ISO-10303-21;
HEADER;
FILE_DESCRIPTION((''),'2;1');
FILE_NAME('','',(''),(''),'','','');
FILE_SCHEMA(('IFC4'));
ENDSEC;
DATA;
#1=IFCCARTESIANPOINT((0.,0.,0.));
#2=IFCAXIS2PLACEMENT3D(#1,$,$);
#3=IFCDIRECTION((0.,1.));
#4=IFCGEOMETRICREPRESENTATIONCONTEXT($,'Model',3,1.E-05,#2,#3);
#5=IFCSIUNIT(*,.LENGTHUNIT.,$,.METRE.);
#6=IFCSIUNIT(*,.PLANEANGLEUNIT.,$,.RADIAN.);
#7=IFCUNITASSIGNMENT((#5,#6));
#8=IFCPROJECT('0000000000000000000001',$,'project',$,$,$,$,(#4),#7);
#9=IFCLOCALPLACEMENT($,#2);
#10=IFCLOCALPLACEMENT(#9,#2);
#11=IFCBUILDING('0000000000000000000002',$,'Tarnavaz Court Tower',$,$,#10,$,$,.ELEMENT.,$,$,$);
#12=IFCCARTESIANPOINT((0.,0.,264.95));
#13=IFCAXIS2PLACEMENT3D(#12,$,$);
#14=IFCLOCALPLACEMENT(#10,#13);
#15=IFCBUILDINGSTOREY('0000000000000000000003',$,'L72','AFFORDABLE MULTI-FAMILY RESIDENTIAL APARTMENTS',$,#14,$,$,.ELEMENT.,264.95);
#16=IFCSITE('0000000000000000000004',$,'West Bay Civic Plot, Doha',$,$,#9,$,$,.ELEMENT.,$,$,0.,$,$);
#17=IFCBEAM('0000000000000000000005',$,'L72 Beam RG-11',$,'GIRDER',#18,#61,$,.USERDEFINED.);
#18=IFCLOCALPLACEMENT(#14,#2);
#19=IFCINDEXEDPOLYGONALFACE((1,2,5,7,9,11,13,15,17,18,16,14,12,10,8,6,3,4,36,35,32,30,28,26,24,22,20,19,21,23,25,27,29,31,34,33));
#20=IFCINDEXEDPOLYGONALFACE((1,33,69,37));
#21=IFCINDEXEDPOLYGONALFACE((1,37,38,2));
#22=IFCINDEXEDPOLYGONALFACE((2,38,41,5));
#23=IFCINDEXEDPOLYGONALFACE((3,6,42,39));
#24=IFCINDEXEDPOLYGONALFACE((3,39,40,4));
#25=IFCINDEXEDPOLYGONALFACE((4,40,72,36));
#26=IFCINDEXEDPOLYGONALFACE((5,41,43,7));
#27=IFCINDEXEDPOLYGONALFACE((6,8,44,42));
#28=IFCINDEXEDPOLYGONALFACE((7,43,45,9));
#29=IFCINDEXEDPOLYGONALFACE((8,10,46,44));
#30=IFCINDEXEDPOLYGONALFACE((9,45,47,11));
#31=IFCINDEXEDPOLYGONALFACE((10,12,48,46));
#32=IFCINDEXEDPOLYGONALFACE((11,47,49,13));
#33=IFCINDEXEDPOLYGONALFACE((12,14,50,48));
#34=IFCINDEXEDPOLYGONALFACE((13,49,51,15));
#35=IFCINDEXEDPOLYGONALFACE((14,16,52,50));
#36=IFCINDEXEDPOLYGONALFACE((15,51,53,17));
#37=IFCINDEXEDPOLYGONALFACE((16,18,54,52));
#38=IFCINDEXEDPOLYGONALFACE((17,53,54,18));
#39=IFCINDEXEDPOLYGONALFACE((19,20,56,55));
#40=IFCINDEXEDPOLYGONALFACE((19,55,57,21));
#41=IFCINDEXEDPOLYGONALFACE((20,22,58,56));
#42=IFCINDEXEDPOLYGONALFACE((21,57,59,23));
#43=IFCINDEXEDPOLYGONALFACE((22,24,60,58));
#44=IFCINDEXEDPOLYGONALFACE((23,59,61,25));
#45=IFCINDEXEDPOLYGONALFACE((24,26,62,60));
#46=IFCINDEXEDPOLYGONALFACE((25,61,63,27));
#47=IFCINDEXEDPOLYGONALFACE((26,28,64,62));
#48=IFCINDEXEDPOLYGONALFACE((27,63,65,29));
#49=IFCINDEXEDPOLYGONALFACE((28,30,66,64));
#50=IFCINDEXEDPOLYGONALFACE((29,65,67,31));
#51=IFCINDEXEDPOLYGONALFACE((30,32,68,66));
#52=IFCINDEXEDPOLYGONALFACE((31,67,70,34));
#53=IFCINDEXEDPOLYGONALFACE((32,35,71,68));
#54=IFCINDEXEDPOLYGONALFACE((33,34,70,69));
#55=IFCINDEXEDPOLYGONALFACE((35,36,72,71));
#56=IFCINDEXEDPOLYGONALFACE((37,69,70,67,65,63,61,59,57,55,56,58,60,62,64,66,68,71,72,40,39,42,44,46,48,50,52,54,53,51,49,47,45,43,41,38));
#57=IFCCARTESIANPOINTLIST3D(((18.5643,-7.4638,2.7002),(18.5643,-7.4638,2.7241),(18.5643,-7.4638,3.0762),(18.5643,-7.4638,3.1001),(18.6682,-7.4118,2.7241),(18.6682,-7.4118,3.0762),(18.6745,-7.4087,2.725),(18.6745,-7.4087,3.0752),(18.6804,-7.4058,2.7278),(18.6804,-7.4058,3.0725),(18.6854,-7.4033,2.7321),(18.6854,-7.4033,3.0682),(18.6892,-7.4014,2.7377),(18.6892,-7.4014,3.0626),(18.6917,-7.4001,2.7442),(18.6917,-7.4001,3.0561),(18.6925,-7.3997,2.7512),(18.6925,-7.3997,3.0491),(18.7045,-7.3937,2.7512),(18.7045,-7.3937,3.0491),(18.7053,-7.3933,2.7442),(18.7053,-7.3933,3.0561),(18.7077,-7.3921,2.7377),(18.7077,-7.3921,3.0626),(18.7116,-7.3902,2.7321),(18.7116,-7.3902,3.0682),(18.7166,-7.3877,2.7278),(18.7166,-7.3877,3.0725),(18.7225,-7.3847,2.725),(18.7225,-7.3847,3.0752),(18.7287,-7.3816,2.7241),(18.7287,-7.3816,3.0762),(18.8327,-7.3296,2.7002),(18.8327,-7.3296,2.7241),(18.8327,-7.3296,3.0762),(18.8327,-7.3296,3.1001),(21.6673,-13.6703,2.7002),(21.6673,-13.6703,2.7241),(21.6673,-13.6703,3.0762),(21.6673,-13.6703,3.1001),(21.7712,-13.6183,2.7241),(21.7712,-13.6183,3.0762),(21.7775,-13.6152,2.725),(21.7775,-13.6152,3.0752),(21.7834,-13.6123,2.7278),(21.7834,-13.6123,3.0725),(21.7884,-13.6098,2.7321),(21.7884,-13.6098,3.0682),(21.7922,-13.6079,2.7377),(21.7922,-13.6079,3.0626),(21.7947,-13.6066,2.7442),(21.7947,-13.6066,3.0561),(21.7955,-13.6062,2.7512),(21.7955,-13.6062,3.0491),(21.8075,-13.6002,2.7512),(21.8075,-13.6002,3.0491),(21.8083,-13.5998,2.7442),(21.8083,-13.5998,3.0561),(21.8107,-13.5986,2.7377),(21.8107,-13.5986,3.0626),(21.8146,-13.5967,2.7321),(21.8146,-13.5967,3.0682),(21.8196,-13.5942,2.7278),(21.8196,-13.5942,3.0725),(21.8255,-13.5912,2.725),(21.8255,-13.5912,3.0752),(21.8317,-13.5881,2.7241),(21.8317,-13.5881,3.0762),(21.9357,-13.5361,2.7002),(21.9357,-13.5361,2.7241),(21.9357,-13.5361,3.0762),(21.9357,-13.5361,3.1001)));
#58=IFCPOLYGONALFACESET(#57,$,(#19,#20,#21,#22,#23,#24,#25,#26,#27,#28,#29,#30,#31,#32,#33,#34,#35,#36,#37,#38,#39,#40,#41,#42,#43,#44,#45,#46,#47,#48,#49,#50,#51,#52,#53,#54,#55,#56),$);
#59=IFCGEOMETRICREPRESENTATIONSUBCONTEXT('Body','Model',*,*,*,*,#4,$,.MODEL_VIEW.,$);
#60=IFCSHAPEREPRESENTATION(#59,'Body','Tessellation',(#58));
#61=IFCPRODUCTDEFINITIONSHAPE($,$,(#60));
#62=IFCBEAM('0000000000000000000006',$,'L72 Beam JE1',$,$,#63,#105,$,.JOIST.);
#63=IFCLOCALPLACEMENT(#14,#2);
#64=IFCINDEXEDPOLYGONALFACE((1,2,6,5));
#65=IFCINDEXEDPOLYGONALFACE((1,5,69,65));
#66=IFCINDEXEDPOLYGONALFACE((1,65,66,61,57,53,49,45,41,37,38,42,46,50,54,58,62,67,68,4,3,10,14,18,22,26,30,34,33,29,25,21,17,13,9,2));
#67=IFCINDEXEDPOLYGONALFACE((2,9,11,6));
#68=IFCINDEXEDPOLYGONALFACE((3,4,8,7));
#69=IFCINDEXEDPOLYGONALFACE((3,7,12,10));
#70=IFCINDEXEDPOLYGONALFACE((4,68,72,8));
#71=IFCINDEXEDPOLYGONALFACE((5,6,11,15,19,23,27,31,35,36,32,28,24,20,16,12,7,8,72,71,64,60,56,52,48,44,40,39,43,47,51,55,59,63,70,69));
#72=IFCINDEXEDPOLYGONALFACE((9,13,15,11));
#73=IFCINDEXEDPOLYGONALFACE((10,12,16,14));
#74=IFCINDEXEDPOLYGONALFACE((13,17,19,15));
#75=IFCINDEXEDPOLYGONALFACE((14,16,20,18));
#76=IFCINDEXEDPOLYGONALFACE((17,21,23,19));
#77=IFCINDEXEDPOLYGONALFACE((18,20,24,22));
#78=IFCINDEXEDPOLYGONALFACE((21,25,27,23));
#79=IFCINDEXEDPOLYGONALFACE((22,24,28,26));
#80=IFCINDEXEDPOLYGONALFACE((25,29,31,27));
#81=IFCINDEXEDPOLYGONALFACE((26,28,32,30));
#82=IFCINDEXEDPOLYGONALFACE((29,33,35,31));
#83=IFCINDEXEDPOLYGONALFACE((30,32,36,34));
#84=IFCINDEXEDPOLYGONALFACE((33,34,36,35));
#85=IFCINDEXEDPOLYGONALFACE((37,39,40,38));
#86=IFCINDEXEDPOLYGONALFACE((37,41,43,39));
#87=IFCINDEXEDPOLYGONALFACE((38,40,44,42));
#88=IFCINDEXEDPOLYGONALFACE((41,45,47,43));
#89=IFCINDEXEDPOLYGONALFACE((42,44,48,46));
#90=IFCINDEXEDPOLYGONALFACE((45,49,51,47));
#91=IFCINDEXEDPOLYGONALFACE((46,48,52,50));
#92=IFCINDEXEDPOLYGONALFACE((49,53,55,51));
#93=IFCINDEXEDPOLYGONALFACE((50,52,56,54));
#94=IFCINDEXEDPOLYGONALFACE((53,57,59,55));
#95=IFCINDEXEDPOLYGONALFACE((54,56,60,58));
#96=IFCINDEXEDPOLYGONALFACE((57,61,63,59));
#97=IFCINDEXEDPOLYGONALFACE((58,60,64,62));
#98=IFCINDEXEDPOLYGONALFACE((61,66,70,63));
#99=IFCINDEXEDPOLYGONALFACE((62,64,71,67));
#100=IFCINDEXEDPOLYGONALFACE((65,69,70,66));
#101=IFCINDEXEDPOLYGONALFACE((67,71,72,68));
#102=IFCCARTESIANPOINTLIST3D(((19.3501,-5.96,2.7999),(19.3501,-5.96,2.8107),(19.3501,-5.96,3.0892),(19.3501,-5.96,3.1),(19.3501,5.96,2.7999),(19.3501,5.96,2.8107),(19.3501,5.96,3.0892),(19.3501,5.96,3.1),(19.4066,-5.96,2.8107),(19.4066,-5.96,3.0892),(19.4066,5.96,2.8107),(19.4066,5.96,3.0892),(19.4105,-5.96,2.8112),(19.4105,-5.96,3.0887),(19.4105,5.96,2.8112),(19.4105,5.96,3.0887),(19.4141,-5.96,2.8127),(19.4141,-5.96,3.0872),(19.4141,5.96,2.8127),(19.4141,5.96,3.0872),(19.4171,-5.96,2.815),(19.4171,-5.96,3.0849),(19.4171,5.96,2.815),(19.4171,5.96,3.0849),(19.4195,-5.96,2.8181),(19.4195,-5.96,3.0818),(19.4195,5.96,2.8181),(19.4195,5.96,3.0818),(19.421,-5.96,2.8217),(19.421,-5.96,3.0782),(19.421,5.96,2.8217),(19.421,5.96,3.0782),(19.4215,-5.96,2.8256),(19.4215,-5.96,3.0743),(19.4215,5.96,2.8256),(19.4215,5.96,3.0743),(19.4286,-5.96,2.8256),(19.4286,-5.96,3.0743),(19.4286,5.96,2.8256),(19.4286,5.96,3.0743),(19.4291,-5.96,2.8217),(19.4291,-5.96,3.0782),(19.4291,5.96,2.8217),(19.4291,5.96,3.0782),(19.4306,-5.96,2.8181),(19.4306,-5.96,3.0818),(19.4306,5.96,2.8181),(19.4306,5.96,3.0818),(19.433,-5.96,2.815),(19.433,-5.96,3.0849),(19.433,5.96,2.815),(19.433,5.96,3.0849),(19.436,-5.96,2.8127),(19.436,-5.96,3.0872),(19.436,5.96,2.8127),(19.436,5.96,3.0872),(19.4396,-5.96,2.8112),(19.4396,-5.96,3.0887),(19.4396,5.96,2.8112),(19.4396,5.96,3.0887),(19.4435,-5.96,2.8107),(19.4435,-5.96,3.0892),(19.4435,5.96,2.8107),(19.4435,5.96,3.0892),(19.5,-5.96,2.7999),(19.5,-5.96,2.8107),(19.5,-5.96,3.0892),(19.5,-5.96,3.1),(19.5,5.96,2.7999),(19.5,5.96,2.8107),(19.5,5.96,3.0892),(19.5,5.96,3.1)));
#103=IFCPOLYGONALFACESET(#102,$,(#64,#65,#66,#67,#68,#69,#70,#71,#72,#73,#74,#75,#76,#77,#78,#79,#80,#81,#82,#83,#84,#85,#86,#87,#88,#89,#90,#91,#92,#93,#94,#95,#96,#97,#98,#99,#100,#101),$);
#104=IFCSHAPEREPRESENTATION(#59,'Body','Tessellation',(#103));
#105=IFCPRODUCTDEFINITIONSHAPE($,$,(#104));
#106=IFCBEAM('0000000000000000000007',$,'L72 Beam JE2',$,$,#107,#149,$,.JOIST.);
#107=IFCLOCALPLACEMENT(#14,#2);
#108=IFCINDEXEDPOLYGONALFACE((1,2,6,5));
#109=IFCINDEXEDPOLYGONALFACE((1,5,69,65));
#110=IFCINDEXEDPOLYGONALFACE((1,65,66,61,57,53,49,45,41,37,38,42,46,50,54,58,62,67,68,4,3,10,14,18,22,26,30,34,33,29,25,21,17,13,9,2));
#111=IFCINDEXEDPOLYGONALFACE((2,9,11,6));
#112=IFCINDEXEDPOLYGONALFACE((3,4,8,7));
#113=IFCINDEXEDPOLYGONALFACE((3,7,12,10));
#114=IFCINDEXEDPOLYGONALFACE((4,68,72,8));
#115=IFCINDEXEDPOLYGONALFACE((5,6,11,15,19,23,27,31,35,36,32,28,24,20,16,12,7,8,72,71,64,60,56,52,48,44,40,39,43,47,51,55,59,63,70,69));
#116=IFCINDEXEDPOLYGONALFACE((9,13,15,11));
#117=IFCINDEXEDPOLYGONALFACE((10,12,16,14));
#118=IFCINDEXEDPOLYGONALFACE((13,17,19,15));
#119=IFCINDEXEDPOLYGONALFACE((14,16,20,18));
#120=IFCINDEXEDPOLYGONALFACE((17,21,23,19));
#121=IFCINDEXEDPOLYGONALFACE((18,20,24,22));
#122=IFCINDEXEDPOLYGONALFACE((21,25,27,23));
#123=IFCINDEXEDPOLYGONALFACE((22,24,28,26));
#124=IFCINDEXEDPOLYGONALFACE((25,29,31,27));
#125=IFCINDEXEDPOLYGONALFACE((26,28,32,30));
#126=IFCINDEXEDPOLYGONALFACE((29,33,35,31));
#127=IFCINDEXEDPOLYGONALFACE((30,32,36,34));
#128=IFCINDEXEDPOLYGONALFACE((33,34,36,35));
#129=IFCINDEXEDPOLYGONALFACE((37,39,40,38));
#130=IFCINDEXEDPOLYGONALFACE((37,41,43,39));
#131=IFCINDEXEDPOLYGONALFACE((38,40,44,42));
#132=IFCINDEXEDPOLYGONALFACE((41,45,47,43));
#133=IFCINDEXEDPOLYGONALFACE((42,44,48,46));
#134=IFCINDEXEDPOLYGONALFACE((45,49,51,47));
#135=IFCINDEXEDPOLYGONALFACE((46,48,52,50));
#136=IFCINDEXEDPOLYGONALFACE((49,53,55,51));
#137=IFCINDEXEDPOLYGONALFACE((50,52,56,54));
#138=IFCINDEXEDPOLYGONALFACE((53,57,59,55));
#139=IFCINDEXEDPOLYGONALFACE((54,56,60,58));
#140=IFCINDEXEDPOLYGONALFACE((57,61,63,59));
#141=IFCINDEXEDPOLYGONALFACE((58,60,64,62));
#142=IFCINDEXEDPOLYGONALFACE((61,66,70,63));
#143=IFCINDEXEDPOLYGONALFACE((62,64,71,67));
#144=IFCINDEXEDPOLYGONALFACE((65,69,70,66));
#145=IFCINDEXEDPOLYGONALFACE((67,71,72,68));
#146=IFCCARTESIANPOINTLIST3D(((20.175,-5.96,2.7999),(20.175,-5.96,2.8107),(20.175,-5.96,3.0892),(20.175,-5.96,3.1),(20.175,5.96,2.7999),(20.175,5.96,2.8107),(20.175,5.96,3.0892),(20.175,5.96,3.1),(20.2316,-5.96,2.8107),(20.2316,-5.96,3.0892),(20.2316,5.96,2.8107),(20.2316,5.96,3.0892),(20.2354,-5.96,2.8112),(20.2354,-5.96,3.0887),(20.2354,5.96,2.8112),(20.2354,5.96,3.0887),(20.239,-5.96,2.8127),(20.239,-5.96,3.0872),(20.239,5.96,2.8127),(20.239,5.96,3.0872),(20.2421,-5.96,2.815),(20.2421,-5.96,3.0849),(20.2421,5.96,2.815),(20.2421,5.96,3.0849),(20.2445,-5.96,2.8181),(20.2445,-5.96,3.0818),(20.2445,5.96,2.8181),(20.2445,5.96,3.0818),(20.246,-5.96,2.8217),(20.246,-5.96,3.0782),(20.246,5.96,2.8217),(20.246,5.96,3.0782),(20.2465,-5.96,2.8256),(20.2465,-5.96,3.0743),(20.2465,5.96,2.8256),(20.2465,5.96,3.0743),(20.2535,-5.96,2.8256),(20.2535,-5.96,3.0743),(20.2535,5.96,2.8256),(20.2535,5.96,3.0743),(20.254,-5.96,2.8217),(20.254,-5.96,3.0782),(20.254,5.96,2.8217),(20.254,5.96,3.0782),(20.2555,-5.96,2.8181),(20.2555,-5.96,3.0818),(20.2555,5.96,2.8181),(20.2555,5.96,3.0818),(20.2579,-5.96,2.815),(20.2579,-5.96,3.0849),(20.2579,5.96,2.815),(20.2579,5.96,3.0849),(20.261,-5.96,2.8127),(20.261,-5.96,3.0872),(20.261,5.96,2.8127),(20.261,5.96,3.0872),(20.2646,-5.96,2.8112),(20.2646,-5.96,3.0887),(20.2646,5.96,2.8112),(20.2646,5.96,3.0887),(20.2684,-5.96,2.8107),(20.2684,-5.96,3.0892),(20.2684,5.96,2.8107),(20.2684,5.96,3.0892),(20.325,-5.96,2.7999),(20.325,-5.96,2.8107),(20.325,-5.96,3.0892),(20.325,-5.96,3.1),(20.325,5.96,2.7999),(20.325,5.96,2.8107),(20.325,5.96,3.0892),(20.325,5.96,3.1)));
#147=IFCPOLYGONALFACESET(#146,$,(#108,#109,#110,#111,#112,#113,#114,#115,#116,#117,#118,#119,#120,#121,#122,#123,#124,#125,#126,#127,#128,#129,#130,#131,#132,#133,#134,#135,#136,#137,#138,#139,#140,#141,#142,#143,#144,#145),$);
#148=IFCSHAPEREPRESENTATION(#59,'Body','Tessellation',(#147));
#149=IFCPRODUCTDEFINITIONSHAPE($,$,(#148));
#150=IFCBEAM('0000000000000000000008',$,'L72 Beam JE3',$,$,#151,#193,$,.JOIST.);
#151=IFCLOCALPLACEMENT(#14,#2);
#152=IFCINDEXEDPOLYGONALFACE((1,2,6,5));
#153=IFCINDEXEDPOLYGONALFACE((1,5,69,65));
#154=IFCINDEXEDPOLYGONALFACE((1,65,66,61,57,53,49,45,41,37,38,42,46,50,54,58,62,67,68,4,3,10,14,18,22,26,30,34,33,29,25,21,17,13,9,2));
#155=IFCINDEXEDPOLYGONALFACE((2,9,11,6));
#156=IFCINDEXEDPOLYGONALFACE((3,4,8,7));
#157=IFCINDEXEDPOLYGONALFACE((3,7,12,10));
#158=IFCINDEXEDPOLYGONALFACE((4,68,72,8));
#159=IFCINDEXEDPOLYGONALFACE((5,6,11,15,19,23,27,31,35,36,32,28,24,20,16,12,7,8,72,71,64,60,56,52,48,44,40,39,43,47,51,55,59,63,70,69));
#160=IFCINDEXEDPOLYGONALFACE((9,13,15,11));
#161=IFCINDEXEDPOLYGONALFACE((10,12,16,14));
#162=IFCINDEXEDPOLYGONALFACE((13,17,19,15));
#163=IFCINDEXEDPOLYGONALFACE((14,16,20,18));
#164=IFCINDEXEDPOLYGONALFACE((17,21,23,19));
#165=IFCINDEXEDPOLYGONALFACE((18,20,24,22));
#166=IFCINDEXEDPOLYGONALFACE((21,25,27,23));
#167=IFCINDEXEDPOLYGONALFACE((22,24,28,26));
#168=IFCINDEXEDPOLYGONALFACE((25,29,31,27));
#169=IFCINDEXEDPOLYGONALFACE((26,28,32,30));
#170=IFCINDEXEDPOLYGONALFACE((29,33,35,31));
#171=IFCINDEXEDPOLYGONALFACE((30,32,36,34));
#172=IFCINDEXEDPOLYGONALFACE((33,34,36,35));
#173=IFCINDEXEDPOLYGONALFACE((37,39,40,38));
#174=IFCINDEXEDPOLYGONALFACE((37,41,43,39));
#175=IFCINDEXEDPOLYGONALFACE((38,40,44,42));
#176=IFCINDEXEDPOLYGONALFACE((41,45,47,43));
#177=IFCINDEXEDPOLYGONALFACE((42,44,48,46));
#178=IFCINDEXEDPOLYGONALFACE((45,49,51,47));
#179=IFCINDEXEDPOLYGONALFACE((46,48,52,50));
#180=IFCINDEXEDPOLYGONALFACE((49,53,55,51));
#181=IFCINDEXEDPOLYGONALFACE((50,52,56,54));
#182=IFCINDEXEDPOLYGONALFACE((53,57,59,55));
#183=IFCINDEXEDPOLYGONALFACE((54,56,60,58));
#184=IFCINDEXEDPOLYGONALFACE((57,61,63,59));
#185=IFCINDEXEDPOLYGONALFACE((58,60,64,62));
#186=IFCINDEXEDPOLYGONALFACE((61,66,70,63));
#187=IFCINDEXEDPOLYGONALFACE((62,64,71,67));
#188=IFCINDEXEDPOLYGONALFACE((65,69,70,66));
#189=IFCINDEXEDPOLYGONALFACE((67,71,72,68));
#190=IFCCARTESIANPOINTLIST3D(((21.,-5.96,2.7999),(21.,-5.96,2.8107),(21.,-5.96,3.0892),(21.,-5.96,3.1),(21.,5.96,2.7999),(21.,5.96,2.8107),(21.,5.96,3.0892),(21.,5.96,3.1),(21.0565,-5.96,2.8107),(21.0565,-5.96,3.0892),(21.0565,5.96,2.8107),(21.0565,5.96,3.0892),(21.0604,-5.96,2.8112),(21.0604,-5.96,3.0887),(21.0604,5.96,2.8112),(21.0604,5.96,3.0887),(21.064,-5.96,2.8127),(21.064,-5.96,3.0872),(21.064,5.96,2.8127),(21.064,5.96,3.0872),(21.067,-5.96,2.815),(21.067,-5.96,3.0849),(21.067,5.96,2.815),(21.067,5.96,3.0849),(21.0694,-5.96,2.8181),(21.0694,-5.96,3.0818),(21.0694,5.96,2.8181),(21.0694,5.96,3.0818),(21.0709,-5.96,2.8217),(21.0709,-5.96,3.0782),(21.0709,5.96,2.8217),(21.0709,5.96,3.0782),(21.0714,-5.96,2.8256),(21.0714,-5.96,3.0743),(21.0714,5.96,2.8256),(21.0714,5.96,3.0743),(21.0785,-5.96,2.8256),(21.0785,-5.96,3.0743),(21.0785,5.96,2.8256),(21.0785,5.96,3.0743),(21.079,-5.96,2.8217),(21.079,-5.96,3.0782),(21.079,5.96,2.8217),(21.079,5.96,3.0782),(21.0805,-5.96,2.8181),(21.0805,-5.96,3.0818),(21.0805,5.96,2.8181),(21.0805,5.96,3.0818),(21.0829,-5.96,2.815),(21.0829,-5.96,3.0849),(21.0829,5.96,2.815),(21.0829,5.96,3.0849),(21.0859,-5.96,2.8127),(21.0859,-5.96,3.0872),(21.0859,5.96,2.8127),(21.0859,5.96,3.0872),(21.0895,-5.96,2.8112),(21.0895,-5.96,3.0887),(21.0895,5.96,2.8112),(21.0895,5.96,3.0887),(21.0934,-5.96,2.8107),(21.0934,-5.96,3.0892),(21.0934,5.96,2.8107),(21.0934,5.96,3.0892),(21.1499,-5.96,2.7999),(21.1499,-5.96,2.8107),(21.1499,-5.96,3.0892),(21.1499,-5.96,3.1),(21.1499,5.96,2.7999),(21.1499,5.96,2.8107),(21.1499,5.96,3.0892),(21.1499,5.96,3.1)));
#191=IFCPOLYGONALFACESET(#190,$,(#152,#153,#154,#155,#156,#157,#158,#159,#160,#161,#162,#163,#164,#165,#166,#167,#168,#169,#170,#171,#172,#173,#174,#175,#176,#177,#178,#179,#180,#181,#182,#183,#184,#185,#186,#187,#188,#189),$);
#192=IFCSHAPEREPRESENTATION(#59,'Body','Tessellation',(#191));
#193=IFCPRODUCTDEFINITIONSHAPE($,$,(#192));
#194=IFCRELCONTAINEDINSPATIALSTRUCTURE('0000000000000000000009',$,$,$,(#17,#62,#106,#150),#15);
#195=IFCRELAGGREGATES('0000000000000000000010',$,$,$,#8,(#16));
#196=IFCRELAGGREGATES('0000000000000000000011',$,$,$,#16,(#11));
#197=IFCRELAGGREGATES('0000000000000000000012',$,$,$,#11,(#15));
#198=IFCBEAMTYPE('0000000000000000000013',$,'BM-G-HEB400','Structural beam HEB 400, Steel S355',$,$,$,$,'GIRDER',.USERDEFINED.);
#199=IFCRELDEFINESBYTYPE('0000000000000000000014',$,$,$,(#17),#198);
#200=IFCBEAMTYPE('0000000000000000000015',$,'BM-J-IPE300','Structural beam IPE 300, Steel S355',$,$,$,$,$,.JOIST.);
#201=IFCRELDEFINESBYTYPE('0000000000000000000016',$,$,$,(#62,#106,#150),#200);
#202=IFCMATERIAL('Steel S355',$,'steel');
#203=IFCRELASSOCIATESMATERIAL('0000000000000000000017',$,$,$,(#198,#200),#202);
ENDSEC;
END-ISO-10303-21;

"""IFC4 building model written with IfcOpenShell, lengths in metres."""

from ifc_helpers import new_model, si_unit, direction, frame, origin, origin_2d, place, context, subcontext, project, spatial, i_section, extrude, material, material_profile, profile_set, type_object, element, save


model = new_model("IFC4")

# Units and contexts
model_context = context("Model", 3, precision=1e-05, world=origin(), true_north=direction((0.0, 1.0)))
body_context = subcontext(model_context, "Body", "Model", "MODEL_VIEW")
ifc_project = project(units=[si_unit("LENGTHUNIT", "METRE"), si_unit("PLANEANGLEUNIT", "RADIAN")], contexts=[model_context])

# Site, building, storey
site_placement = place(None, origin())
site = spatial("IfcSite", under=ifc_project, at=site_placement, Name="West Bay Civic Plot, Doha", CompositionType="ELEMENT", RefElevation=0.0)
building_placement = place(site_placement, origin())
building = spatial("IfcBuilding", under=site, at=building_placement, Name="Tarnavaz Court Tower", CompositionType="ELEMENT")
storey_placement = place(building_placement, frame((0.0, 0.0, 264.95)))
storey = spatial("IfcBuildingStorey", under=building, at=storey_placement, Name="L72", Description="AFFORDABLE MULTI-FAMILY RESIDENTIAL APARTMENTS", CompositionType="ELEMENT", Elevation=264.95)

# Beams
ifc_material_1 = material(Name="Steel S355", Category="steel")
ifc_material_profile_1 = material_profile(ifc_material_1, i_section(OverallWidth=0.3, OverallDepth=0.3999, WebThickness=0.0134, FlangeThickness=0.0239, FilletRadius=0.0271, at=origin_2d()), Name="HEB 400")
ifc_profile_set_1 = profile_set([ifc_material_profile_1], Name="Steel S355")
beam_type_1 = type_object("IfcBeamType", Name="BM-G-HEB400", Description="Structural beam HEB 400, Steel S355", ElementType="GIRDER", PredefinedType="USERDEFINED", material=ifc_profile_set_1)
beam_1_placement = place(storey_placement, frame((18.6985, -7.3967, 2.9001), z_axis=(0.447185, -0.894441, 0.0), x_axis=(0.894441, 0.447185, 0.0)))
element("IfcBeam", 1, at=beam_1_placement, inside=storey, type_object=beam_type_1, Name="L72 Beam RG-11", ObjectType="GIRDER", PredefinedType="USERDEFINED", context=body_context, shape_type="SweptSolid", body=[
    extrude(i_section(OverallWidth=0.3, OverallDepth=0.3999, WebThickness=0.0134, FlangeThickness=0.0239, FilletRadius=0.0271, at=origin_2d()), origin(), (0.0, 0.0, 1.0), 6.939),
])
ifc_material_profile_2 = material_profile(ifc_material_1, i_section(OverallWidth=0.1499, OverallDepth=0.3, WebThickness=0.0071, FlangeThickness=0.0107, FilletRadius=0.0149, at=origin_2d()), Name="IPE 300")
ifc_profile_set_2 = profile_set([ifc_material_profile_2], Name="Steel S355")
beam_type_2 = type_object("IfcBeamType", Name="BM-J-IPE300", Description="Structural beam IPE 300, Steel S355", PredefinedType="JOIST", material=ifc_profile_set_2)
for number, where, z_axis, x_axis, name in (
    (2, (19.425, -5.96, 2.95), (0.0, 1.0, 0.0), (-1.0, 0.0, 0.0), "L72 Beam JE1"),
    (3, (20.25, -5.96, 2.95), (0.0, 1.0, 0.0), (-1.0, 0.0, 0.0), "L72 Beam JE2"),
    (4, (21.075, -5.96, 2.95), (0.0, 1.0, 0.0), (-1.0, 0.0, 0.0), "L72 Beam JE3"),
):
    element("IfcBeam", number, at=place(storey_placement, frame(where, z_axis=z_axis, x_axis=x_axis)), inside=storey, type_object=beam_type_2, Name=name, PredefinedType="JOIST", context=body_context, shape_type="SweptSolid", body=[
        extrude(i_section(OverallWidth=0.1499, OverallDepth=0.3, WebThickness=0.0071, FlangeThickness=0.0107, FilletRadius=0.0149, at=origin_2d()), origin(), (0.0, 0.0, 1.0), 11.9199),
    ])

save(model, "model.ifc")
